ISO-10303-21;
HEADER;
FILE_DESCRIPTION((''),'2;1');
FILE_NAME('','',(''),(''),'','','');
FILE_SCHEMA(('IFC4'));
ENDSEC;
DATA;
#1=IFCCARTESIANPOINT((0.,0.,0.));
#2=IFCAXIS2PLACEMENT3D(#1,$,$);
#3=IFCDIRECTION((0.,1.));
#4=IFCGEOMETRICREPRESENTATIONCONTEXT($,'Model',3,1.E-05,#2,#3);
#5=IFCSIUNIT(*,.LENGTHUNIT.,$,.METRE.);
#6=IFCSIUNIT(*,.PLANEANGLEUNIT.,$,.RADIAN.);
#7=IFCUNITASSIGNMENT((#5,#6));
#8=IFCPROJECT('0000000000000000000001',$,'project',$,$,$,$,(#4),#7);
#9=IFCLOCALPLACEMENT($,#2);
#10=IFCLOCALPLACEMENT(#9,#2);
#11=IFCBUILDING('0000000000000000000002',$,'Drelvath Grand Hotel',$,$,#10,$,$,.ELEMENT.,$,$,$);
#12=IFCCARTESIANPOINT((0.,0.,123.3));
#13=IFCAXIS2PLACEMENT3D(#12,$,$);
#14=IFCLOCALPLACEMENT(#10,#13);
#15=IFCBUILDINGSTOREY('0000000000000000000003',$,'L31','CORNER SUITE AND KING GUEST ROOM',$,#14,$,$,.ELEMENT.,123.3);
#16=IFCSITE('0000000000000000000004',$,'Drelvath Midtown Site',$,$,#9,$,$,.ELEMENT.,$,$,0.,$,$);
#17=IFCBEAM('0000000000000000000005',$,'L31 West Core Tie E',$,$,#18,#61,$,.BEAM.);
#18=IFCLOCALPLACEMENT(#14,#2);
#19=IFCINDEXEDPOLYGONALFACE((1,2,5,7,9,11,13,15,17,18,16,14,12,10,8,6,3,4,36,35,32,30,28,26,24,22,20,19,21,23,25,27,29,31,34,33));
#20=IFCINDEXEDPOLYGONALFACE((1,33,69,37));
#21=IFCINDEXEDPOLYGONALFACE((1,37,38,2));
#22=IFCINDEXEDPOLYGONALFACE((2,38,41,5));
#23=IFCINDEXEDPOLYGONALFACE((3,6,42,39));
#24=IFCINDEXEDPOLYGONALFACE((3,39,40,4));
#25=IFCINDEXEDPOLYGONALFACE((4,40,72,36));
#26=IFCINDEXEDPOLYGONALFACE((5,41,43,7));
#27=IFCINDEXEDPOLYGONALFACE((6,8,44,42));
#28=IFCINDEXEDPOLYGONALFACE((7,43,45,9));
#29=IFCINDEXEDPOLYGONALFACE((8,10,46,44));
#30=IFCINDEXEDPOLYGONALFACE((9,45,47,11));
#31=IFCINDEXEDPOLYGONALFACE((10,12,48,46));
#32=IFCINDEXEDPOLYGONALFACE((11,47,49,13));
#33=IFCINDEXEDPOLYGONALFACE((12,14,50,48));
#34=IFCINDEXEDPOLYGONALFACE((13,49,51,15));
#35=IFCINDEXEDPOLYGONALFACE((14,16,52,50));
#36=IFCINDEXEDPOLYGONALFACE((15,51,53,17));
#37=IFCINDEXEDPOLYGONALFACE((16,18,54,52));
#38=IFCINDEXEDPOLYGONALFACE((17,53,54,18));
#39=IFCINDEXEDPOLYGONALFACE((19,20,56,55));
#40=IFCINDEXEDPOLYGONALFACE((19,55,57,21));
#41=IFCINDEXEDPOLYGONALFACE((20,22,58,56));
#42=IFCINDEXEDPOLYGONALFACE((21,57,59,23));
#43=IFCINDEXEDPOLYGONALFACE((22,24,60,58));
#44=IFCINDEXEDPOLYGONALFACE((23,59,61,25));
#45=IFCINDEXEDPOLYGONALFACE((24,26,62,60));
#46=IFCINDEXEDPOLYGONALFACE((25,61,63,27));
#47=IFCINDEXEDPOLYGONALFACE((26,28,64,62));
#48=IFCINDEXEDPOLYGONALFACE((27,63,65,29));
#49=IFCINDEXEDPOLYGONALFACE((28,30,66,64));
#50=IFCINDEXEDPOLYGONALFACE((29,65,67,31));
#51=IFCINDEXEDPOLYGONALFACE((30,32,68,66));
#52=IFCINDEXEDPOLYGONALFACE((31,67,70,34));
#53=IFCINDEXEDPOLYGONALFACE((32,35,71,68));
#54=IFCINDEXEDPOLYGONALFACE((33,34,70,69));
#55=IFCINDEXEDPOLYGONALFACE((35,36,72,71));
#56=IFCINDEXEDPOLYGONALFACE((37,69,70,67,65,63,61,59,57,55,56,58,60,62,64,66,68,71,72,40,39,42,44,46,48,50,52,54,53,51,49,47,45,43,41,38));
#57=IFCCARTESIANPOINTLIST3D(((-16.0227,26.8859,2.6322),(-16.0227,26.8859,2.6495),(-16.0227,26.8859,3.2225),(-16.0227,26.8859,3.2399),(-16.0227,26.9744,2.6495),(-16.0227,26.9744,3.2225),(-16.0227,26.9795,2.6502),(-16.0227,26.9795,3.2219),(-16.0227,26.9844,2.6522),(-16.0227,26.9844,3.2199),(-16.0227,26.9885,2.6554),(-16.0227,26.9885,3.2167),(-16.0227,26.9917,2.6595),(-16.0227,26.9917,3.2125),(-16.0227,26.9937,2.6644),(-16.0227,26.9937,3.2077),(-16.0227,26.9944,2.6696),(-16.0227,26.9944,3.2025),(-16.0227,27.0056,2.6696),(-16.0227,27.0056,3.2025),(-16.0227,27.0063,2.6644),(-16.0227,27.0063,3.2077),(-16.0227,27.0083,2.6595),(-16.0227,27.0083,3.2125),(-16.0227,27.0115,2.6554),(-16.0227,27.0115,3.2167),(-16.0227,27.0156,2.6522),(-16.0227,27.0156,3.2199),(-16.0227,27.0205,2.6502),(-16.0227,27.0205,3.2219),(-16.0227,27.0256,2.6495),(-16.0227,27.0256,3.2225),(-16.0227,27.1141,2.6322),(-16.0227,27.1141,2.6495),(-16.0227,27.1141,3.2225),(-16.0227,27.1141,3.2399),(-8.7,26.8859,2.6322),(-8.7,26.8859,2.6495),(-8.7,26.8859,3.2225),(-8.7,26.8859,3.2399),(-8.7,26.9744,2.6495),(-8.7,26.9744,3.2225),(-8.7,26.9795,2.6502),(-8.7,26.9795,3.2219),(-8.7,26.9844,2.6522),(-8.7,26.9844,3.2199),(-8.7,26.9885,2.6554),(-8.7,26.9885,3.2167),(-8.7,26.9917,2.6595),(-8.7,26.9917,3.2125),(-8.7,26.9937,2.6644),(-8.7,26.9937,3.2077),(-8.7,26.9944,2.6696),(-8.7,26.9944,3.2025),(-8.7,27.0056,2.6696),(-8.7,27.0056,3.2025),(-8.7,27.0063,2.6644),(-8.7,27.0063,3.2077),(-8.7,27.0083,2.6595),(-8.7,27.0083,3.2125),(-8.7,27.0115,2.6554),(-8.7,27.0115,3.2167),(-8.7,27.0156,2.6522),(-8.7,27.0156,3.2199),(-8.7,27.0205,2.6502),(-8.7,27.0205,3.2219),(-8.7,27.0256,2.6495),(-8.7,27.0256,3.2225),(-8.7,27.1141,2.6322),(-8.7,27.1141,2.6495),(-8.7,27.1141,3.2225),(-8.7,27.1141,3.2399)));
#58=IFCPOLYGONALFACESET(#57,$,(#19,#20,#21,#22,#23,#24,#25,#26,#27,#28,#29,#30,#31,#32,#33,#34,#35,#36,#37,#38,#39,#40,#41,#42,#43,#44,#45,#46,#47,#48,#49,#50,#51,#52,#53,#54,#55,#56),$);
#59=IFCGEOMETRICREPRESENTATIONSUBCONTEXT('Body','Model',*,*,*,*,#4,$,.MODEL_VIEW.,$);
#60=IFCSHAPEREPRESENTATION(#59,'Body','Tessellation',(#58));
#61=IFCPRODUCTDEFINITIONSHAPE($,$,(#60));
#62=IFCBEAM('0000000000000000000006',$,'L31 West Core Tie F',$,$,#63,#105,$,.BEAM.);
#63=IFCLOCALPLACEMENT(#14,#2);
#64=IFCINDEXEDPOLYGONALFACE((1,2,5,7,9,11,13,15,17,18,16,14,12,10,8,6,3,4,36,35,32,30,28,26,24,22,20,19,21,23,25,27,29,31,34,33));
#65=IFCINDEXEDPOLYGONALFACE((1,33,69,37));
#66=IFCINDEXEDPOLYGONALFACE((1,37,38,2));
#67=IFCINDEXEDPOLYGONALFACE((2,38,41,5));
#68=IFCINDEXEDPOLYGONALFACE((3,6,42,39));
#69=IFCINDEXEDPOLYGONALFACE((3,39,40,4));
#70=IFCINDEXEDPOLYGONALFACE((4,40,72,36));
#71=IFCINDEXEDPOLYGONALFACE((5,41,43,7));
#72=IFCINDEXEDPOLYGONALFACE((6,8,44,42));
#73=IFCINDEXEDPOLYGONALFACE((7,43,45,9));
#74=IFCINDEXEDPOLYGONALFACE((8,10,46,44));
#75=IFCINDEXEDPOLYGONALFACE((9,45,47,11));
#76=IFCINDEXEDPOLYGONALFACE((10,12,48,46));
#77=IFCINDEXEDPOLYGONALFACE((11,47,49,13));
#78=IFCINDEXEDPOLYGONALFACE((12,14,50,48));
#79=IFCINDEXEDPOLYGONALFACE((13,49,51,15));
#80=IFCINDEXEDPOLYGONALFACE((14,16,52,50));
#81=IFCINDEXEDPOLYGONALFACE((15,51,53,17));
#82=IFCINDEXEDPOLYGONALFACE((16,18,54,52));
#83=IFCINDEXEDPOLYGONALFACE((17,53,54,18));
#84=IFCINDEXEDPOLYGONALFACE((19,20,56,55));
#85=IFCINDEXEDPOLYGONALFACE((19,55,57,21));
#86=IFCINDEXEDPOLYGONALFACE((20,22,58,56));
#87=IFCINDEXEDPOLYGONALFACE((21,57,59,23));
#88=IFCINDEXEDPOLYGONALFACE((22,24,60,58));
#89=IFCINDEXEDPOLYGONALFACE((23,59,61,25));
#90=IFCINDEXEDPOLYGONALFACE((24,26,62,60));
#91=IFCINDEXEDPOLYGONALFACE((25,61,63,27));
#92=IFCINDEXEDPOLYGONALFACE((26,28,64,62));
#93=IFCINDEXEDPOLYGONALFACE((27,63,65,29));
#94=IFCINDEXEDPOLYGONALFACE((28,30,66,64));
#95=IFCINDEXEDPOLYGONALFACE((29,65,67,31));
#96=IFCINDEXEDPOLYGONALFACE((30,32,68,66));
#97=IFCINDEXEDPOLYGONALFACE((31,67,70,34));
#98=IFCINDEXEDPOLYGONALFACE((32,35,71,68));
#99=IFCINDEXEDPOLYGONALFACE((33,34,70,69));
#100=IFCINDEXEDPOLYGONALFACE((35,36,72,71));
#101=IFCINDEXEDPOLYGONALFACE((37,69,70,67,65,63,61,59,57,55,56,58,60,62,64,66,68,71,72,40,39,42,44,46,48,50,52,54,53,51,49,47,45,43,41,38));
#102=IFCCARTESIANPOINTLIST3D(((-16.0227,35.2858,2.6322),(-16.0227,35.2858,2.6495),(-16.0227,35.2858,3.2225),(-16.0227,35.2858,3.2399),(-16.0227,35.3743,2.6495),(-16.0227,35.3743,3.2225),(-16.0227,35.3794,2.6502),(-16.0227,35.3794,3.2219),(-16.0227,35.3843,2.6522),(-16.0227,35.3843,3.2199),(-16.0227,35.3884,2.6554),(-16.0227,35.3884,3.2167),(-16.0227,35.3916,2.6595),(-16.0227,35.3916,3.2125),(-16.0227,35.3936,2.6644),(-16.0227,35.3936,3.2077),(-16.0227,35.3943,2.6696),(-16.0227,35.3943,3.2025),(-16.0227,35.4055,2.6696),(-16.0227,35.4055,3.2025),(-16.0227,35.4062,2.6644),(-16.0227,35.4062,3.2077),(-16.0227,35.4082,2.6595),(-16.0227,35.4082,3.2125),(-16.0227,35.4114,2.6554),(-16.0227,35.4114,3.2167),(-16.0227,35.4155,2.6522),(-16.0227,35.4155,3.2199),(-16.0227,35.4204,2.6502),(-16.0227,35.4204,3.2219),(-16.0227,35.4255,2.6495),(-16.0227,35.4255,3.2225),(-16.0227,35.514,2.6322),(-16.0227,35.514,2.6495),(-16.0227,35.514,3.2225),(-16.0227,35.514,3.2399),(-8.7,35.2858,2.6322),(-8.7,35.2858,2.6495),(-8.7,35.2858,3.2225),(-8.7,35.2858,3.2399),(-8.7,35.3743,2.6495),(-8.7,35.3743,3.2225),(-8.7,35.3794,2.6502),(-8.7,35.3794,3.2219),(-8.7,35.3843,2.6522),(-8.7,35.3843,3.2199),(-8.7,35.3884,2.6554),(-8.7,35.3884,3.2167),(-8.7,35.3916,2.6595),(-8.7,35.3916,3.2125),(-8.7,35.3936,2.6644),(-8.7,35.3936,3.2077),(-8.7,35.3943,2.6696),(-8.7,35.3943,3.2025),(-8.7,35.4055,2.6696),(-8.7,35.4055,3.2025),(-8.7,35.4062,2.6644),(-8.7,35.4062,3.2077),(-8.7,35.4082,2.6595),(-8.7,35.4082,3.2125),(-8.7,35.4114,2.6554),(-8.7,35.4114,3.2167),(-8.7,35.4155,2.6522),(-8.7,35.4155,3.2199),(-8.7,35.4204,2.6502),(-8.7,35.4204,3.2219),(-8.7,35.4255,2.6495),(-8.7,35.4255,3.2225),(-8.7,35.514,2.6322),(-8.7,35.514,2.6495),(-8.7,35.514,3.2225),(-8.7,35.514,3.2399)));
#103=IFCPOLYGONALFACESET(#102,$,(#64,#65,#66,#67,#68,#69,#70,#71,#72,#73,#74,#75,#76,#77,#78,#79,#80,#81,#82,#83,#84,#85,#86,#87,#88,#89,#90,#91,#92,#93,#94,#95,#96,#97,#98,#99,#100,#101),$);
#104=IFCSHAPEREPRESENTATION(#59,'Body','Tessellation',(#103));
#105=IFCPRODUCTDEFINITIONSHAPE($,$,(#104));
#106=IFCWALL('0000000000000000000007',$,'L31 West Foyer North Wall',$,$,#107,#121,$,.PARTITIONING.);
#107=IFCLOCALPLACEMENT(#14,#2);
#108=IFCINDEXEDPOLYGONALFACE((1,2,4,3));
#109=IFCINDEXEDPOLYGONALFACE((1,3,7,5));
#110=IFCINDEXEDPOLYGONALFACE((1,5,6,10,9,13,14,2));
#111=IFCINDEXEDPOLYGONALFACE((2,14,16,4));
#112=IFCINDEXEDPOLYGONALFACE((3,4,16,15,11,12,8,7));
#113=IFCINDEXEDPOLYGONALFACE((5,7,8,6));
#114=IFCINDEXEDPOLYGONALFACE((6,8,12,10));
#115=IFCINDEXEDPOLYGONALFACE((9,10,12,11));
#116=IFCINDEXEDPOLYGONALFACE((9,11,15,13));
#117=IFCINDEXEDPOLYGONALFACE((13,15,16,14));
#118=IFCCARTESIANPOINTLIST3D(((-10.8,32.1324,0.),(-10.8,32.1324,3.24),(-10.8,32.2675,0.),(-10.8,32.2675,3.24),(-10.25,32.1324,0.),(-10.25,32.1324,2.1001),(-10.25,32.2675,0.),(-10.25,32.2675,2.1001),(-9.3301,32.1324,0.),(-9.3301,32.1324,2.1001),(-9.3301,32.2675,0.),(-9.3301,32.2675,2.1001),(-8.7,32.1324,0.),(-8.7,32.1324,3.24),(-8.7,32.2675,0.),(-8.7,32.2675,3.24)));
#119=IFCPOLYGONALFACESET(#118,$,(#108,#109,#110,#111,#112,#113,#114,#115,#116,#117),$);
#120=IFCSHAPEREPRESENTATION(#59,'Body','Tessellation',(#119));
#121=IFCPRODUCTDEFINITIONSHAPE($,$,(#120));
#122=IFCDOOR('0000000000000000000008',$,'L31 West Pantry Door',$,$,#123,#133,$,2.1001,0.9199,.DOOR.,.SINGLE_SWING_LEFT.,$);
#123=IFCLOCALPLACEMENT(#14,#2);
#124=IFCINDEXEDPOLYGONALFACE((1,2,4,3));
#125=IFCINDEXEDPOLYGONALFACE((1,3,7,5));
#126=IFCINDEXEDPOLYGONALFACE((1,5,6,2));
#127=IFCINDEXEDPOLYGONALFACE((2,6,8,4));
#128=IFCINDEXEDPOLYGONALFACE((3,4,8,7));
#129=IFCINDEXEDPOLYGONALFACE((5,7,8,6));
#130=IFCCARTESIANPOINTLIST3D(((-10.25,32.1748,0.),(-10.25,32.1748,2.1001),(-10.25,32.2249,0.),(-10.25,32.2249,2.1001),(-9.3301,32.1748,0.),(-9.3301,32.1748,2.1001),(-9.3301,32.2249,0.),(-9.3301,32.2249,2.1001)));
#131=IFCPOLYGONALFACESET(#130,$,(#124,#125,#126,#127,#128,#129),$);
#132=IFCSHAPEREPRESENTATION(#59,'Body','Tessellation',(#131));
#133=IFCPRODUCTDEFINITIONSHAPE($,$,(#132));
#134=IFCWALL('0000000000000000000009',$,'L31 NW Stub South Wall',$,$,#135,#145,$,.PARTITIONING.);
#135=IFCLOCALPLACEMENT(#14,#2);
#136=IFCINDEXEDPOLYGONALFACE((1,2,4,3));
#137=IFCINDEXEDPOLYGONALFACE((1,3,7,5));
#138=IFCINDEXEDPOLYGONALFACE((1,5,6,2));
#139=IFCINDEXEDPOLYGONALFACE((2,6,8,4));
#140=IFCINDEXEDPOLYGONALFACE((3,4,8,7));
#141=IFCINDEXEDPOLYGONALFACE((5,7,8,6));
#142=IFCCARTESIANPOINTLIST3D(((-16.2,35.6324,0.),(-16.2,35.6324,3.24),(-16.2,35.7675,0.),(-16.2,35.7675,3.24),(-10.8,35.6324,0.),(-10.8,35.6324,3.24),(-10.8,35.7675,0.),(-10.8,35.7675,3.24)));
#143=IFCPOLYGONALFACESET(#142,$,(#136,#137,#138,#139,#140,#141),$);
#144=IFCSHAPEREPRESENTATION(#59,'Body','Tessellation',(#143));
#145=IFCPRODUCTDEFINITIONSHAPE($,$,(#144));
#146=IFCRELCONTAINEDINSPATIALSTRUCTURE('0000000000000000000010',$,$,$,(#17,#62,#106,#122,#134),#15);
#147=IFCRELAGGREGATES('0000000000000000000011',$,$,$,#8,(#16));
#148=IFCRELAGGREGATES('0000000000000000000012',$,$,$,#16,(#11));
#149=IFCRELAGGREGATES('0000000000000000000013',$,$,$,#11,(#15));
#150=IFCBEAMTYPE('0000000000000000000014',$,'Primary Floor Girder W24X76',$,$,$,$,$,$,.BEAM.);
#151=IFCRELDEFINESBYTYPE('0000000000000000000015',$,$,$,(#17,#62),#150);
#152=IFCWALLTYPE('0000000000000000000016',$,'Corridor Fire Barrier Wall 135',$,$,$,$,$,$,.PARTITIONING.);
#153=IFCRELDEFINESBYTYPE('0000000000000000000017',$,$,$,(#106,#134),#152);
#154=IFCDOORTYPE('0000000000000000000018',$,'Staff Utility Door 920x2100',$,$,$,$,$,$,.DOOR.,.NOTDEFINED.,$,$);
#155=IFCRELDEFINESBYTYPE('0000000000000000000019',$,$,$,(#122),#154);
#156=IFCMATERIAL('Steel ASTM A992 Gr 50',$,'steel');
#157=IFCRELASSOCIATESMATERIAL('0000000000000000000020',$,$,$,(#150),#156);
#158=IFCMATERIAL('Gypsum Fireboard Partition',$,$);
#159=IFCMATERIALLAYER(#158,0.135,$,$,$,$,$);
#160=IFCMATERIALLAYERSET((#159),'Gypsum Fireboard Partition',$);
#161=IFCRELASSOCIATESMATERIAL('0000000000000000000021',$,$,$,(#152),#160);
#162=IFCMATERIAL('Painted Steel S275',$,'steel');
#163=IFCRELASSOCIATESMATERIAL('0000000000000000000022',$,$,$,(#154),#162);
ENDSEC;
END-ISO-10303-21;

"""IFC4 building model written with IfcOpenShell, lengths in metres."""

from ifc_helpers import new_model, si_unit, direction, frame, frame_2d, origin, origin_2d, place, context, subcontext, project, spatial, rectangle, i_section, extrude, material, layer, layer_set, material_profile, profile_set, type_object, element, fill, save


model = new_model("IFC4")

# Units and contexts
model_context = context("Model", 3, precision=1e-05, world=origin(), true_north=direction((0.0, 1.0)))
body_context = subcontext(model_context, "Body", "Model", "MODEL_VIEW")
ifc_project = project(units=[si_unit("LENGTHUNIT", "METRE"), si_unit("PLANEANGLEUNIT", "RADIAN")], contexts=[model_context])

# Site, building, storey
site_placement = place(None, origin())
site = spatial("IfcSite", under=ifc_project, at=site_placement, Name="Drelvath Midtown Site", CompositionType="ELEMENT", RefElevation=0.0)
building_placement = place(site_placement, origin())
building = spatial("IfcBuilding", under=site, at=building_placement, Name="Drelvath Grand Hotel", CompositionType="ELEMENT")
storey_placement = place(building_placement, frame((0.0, 0.0, 123.3)))
storey = spatial("IfcBuildingStorey", under=building, at=storey_placement, Name="L31", Description="CORNER SUITE AND KING GUEST ROOM", CompositionType="ELEMENT", Elevation=123.3)

# Beams
ifc_material_1 = material(Name="Steel ASTM A992 Gr 50", Category="steel")
ifc_material_profile = material_profile(ifc_material_1, i_section(OverallWidth=0.2283, OverallDepth=0.6077, WebThickness=0.0112, FlangeThickness=0.0173, FilletRadius=0.02, at=origin_2d()), Name="W24X76")
ifc_profile_set = profile_set([ifc_material_profile], Name="Steel ASTM A992 Gr 50")
beam_type = type_object("IfcBeamType", Name="Primary Floor Girder W24X76", PredefinedType="BEAM", material=ifc_profile_set)
for number, where, z_axis, x_axis, name in (
    (1, (-16.0227, 27.0, 2.936), (1.0, 0.0, 0.0), (0.0, 1.0, 0.0), "L31 West Core Tie E"),
    (2, (-16.0227, 35.3999, 2.936), (1.0, 0.0, 0.0), (0.0, 1.0, 0.0), "L31 West Core Tie F"),
):
    element("IfcBeam", number, at=place(storey_placement, frame(where, z_axis=z_axis, x_axis=x_axis)), inside=storey, type_object=beam_type, Name=name, PredefinedType="BEAM", context=body_context, shape_type="SweptSolid", body=[
        extrude(i_section(OverallWidth=0.2283, OverallDepth=0.6077, WebThickness=0.0112, FlangeThickness=0.0173, FilletRadius=0.02, at=origin_2d()), origin(), (0.0, 0.0, 1.0), 7.3228),
    ])

# Wall, opening, door
ifc_material_2 = material(Name="Gypsum Fireboard Partition")
ifc_layer_1 = layer(ifc_material_2, 0.135)
ifc_layer_set_1 = layer_set([ifc_layer_1], Name="Gypsum Fireboard Partition")
wall_type_1 = type_object("IfcWallType", Name="Corridor Fire Barrier Wall 135", PredefinedType="PARTITIONING", material=ifc_layer_set_1)
wall_1_placement = place(storey_placement, frame((-10.8, 32.2, 0.0), z_axis=(0.0, 0.0, 1.0), x_axis=(1.0, 0.0, 0.0)))
wall_1 = element("IfcWall", 3, at=wall_1_placement, inside=storey, type_object=wall_type_1, Name="L31 West Foyer North Wall", PredefinedType="PARTITIONING", context=body_context, shape_type="SweptSolid", body=[
    extrude(rectangle(XDim=2.1001, YDim=0.135, at=frame_2d((1.05, 0.0))), origin(), (0.0, 0.0, 1.0), 3.24),
])
opening_1_placement = place(wall_1_placement, frame((0.55, 0.0, 0.0)))
opening_1 = element("IfcOpeningElement", 4, at=opening_1_placement, cuts=wall_1, PredefinedType="OPENING", context=body_context, shape_type="SweptSolid", body=[
    extrude(rectangle(XDim=0.9199, YDim=2.1001, at=frame_2d((0.46, 1.05))), frame((0.0, 0.0774, 0.0), z_axis=(0.0, -1.0, 0.0), x_axis=(1.0, 0.0, 0.0)), (0.0, 0.0, 1.0), 0.155),
])
ifc_material_3 = material(Name="Painted Steel S275", Category="steel")
door_type_1 = type_object("IfcDoorType", Name="Staff Utility Door 920x2100", OperationType="NOTDEFINED", PredefinedType="DOOR", material=ifc_material_3)
door_1_placement = place(opening_1_placement, origin())
door_1 = element("IfcDoor", 5, at=door_1_placement, inside=storey, type_object=door_type_1, Name="L31 West Pantry Door", OperationType="SINGLE_SWING_LEFT", OverallHeight=2.1001, OverallWidth=0.9199, PredefinedType="DOOR", context=body_context, shape_type="SweptSolid", body=[
    extrude(rectangle(XDim=0.9199, YDim=2.1001, at=frame_2d((0.46, 1.05))), frame((0.0, 0.0249, 0.0), z_axis=(0.0, -1.0, 0.0), x_axis=(1.0, 0.0, 0.0)), (0.0, 0.0, 1.0), 0.05),
])
fill(opening_1, door_1)

# Wall
wall_2_placement = place(storey_placement, frame((-16.2, 35.7, 0.0), z_axis=(0.0, 0.0, 1.0), x_axis=(1.0, 0.0, 0.0)))
element("IfcWall", 6, at=wall_2_placement, inside=storey, type_object=wall_type_1, Name="L31 NW Stub South Wall", PredefinedType="PARTITIONING", context=body_context, shape_type="SweptSolid", body=[
    extrude(rectangle(XDim=5.3999, YDim=0.135, at=frame_2d((2.7, 0.0))), origin(), (0.0, 0.0, 1.0), 3.24),
])

save(model, "model.ifc")
